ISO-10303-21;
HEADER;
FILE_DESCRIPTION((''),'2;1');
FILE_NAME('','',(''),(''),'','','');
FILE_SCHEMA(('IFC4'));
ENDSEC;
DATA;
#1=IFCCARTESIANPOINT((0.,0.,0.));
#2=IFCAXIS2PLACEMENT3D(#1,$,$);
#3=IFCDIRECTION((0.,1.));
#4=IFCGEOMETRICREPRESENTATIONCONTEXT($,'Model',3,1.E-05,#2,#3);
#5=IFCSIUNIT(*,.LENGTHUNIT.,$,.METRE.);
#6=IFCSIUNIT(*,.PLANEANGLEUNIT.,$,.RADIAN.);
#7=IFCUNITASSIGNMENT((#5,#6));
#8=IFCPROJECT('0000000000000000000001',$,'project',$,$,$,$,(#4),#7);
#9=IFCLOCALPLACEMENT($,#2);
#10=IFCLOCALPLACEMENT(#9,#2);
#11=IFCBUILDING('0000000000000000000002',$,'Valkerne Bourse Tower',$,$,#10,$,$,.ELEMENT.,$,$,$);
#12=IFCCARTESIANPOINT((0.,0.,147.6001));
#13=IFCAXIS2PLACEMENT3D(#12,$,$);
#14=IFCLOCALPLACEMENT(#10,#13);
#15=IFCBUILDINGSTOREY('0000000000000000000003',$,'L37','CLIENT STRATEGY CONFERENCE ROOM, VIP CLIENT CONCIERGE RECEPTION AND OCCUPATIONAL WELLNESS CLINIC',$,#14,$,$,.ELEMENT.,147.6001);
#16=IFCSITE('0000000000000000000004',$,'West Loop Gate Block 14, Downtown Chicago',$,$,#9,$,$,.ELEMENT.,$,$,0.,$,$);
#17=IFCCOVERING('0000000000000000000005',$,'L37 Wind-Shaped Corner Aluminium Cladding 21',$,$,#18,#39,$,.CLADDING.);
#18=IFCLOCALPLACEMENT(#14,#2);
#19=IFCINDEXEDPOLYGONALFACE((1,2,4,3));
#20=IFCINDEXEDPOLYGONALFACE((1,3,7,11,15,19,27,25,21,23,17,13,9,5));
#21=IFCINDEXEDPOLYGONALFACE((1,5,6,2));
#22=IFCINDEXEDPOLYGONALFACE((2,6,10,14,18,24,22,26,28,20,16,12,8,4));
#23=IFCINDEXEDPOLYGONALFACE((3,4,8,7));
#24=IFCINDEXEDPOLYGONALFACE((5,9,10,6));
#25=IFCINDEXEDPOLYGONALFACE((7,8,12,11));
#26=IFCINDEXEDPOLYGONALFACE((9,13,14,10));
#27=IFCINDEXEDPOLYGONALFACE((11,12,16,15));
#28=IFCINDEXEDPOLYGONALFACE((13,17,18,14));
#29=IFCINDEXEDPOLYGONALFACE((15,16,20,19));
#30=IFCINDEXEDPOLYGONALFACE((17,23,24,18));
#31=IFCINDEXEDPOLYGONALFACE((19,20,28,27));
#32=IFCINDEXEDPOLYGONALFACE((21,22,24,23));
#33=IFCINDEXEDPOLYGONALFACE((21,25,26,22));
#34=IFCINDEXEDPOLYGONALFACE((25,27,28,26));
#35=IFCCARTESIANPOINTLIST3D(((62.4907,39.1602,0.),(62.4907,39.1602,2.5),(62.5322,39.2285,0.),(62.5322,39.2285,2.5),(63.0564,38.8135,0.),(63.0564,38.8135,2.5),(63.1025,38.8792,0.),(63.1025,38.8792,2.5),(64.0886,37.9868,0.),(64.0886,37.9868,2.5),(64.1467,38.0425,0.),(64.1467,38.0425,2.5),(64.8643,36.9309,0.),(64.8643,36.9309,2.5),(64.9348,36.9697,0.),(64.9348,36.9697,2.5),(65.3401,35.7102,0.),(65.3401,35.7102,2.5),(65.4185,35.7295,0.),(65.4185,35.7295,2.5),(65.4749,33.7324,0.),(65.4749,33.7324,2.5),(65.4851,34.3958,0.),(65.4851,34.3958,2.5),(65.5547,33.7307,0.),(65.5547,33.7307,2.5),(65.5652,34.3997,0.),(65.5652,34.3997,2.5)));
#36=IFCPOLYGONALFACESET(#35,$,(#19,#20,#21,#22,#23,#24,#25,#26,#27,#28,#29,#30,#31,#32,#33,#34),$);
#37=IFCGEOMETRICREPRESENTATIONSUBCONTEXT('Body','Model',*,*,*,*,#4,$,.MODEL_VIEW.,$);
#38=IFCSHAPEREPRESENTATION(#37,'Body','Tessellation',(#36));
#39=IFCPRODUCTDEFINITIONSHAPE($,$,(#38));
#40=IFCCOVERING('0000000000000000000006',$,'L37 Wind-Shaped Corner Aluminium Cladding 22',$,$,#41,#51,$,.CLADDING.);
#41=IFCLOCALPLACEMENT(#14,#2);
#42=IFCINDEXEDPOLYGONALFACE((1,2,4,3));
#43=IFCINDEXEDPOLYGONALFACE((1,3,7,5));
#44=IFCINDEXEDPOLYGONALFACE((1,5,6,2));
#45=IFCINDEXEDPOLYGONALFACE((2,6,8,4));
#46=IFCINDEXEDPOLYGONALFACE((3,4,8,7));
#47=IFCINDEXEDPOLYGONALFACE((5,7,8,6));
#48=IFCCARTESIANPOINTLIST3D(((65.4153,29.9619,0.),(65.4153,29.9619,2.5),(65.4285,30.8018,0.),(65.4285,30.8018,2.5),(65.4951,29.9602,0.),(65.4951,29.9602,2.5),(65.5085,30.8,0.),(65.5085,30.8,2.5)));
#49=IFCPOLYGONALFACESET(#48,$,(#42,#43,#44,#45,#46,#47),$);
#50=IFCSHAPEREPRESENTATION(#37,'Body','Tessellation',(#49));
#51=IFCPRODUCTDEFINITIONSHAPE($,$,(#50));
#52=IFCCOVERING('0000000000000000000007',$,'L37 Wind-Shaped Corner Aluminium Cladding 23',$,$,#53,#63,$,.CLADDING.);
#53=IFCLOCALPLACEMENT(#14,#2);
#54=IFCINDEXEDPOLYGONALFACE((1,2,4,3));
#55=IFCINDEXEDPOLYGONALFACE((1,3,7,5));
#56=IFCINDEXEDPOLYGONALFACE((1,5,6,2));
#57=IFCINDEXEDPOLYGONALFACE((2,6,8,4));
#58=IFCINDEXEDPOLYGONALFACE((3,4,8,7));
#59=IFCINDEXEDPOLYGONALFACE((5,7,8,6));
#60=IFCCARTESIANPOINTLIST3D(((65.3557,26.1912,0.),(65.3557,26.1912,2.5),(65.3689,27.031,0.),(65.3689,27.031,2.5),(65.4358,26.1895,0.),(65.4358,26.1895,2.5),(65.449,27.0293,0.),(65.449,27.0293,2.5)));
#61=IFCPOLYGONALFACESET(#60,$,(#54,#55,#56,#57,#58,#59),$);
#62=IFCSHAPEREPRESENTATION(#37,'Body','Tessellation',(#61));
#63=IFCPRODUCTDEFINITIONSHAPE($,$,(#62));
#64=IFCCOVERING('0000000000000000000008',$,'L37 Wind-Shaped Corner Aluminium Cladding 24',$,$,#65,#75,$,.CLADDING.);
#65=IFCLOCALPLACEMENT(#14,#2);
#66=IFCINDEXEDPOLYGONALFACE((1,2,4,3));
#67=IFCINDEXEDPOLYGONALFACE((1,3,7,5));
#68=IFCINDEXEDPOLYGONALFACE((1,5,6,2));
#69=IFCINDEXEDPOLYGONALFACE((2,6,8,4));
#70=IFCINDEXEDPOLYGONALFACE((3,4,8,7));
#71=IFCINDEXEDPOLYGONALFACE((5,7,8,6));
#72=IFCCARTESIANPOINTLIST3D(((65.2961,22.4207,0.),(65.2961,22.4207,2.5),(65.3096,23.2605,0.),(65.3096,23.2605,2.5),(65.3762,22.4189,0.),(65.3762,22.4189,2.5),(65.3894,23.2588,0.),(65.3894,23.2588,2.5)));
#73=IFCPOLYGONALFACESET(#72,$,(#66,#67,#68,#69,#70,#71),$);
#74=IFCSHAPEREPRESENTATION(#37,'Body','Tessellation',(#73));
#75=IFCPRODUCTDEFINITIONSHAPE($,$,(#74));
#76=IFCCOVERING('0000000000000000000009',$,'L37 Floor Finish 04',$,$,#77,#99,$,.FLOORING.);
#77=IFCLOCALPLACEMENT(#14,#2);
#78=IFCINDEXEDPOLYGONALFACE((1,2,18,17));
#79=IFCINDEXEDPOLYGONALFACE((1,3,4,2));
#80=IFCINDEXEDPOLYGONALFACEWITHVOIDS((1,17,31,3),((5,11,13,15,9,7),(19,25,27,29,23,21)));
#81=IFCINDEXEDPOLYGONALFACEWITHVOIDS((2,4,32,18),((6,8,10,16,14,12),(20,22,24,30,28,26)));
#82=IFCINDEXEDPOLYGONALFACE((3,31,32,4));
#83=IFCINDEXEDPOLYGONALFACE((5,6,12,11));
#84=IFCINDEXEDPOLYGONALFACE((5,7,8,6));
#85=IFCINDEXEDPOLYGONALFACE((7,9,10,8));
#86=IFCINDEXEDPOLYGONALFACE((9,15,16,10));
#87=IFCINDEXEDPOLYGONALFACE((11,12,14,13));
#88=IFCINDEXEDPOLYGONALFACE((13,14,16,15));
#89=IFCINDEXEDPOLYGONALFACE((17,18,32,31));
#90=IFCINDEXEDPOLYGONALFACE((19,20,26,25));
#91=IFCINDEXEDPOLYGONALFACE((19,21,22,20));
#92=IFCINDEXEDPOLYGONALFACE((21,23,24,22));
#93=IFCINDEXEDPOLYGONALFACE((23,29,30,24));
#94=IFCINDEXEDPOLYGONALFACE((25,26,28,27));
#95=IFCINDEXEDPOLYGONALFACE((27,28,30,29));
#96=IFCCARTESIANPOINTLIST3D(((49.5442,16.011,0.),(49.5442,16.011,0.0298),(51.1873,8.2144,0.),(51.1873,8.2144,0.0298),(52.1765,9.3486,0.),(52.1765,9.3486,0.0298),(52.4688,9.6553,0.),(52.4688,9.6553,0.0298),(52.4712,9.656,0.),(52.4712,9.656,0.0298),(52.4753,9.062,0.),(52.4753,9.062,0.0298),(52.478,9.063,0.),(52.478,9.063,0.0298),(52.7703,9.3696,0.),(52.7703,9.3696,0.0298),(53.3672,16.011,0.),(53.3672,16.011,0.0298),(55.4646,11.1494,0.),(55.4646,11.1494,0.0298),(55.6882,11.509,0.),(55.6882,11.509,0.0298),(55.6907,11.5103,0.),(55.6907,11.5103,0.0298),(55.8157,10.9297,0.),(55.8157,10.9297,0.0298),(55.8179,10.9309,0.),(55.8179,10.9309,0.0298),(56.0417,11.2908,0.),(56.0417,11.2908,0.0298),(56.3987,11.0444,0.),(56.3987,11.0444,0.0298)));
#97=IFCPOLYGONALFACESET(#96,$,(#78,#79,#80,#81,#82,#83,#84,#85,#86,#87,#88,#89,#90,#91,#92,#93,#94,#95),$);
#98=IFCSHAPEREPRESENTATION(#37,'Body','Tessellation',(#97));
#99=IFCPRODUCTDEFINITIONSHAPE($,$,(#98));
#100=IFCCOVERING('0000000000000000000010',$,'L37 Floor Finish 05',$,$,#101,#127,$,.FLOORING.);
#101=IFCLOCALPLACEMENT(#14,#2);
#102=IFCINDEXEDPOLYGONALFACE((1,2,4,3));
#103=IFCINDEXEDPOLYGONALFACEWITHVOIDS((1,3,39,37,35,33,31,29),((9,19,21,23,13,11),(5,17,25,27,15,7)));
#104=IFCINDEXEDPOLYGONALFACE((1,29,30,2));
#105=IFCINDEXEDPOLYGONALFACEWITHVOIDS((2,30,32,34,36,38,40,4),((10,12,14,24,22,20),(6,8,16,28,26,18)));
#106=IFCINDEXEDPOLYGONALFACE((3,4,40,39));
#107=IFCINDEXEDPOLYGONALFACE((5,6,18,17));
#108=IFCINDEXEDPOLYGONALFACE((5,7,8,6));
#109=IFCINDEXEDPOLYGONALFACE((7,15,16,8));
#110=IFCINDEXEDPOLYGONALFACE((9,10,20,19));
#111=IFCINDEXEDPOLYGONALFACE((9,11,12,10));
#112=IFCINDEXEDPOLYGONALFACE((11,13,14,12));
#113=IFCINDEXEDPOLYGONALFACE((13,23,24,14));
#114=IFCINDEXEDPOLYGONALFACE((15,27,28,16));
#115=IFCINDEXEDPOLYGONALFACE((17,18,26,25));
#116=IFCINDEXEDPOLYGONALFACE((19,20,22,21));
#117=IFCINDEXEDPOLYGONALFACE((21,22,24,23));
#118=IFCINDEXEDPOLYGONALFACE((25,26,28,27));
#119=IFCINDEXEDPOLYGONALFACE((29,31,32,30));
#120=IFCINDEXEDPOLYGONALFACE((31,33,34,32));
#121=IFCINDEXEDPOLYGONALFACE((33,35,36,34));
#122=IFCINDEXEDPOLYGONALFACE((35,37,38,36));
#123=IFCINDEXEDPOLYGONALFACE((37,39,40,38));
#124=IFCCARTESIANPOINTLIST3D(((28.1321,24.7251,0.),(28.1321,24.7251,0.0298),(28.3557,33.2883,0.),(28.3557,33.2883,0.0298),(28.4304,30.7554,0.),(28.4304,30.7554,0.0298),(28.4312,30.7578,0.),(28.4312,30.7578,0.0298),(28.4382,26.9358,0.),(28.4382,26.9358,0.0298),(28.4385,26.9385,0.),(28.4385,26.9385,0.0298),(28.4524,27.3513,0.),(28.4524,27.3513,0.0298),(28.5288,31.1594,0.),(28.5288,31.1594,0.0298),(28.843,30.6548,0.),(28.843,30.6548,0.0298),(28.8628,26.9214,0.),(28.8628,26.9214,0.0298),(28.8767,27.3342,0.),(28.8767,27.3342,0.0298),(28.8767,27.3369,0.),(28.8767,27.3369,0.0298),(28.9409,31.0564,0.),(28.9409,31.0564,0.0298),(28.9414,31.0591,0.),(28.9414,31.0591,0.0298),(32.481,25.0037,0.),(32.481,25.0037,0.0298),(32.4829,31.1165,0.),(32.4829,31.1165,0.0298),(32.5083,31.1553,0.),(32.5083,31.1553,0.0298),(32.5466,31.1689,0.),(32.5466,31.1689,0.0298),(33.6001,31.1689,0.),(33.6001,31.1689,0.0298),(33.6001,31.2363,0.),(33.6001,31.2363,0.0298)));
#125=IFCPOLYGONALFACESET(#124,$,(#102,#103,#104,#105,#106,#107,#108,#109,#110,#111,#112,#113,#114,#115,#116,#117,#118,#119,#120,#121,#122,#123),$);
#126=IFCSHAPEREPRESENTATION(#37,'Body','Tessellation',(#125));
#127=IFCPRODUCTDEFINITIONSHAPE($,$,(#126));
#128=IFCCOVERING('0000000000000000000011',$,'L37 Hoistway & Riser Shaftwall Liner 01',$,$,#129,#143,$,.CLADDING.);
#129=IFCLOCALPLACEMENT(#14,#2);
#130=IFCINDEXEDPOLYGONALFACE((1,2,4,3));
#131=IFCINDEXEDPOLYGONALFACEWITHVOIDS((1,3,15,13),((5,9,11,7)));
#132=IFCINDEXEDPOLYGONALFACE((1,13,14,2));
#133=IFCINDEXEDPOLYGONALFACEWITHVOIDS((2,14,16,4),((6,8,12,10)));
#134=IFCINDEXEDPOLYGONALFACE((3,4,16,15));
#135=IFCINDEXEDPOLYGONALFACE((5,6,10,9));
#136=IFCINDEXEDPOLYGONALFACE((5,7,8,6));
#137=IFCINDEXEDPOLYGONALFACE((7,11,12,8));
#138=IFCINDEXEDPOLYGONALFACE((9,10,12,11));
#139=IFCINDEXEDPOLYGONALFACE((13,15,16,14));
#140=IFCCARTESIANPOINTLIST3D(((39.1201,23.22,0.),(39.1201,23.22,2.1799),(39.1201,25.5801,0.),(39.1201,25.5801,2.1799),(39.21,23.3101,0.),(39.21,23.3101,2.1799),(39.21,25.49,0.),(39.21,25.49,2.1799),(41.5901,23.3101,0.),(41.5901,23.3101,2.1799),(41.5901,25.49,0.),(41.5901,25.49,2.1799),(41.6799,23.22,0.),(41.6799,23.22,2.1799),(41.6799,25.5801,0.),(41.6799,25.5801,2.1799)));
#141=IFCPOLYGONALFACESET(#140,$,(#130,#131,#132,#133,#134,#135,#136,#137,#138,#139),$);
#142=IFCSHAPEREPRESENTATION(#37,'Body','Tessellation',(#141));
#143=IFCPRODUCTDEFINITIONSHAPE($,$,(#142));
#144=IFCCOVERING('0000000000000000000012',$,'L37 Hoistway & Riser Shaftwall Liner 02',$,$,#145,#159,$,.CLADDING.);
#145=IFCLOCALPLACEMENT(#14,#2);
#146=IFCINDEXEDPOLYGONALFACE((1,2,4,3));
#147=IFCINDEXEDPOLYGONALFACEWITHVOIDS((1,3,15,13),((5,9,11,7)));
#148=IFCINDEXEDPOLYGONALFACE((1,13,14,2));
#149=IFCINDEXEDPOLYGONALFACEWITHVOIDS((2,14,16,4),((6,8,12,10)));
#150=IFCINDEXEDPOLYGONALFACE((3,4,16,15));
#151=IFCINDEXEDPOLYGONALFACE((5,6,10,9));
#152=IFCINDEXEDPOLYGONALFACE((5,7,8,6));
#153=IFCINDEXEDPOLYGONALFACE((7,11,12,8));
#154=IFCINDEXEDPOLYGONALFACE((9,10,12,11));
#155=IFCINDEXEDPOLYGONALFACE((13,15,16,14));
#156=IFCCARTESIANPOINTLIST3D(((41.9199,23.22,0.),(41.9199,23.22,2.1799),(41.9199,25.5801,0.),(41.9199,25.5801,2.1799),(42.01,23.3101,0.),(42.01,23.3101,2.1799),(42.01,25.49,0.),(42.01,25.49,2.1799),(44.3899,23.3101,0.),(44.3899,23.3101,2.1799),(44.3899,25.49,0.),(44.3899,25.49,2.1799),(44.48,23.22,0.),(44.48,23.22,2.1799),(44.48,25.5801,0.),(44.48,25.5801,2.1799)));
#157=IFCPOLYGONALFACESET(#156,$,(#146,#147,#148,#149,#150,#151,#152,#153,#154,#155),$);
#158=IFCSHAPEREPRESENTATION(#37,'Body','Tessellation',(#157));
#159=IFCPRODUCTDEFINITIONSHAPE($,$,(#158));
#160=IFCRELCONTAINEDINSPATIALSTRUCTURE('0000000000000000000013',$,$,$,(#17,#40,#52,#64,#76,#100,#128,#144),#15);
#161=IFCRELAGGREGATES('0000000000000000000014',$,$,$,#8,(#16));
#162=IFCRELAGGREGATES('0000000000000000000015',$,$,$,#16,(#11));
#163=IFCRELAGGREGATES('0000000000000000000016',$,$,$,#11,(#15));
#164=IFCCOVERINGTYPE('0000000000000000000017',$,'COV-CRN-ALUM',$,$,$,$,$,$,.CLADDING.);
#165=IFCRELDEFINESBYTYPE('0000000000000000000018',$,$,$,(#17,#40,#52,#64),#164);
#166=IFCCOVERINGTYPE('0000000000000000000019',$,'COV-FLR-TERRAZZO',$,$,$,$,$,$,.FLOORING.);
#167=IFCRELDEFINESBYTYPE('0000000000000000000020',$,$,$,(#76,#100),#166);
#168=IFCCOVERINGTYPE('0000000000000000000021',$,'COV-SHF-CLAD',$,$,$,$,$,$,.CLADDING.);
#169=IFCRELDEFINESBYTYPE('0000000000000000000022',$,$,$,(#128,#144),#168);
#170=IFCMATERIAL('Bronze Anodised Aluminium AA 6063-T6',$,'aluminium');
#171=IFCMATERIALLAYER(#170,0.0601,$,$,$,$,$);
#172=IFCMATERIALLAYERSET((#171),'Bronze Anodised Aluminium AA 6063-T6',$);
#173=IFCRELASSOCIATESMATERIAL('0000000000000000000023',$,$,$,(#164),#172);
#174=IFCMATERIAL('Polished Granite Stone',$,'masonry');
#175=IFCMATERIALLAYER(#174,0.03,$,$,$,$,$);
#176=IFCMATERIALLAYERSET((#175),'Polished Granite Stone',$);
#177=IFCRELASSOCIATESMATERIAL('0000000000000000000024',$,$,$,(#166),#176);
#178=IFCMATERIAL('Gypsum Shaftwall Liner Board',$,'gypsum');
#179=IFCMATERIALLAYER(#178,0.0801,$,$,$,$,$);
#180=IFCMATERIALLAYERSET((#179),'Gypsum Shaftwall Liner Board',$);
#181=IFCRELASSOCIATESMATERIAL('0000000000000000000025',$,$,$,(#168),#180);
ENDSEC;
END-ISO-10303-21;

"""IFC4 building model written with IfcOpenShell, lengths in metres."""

from ifc_helpers import new_model, si_unit, direction, frame, origin, place, context, subcontext, project, spatial, polyline, outline, extrude, material, layer, layer_set, type_object, element, save


model = new_model("IFC4")

# Units and contexts
model_context = context("Model", 3, precision=1e-05, world=origin(), true_north=direction((0.0, 1.0)))
body_context = subcontext(model_context, "Body", "Model", "MODEL_VIEW")
ifc_project = project(units=[si_unit("LENGTHUNIT", "METRE"), si_unit("PLANEANGLEUNIT", "RADIAN")], contexts=[model_context])

# Site, building, storey
site_placement = place(None, origin())
site = spatial("IfcSite", under=ifc_project, at=site_placement, Name="West Loop Gate Block 14, Downtown Chicago", CompositionType="ELEMENT", RefElevation=0.0)
building_placement = place(site_placement, origin())
building = spatial("IfcBuilding", under=site, at=building_placement, Name="Valkerne Bourse Tower", CompositionType="ELEMENT")
storey_placement = place(building_placement, frame((0.0, 0.0, 147.6001)))
storey = spatial("IfcBuildingStorey", under=building, at=storey_placement, Name="L37", Description="CLIENT STRATEGY CONFERENCE ROOM, VIP CLIENT CONCIERGE RECEPTION AND OCCUPATIONAL WELLNESS CLINIC", CompositionType="ELEMENT", Elevation=147.6001)

# Coverings
ifc_material_1 = material(Name="Bronze Anodised Aluminium AA 6063-T6", Category="aluminium")
ifc_layer_1 = layer(ifc_material_1, 0.0601)
ifc_layer_set_1 = layer_set([ifc_layer_1], Name="Bronze Anodised Aluminium AA 6063-T6")
covering_type_1 = type_object("IfcCoveringType", Name="COV-CRN-ALUM", PredefinedType="CLADDING", material=ifc_layer_set_1)
covering_1_placement = place(storey_placement, origin())
element("IfcCovering", 1, at=covering_1_placement, inside=storey, type_object=covering_type_1, Name="L37 Wind-Shaped Corner Aluminium Cladding 21", PredefinedType="CLADDING", context=body_context, shape_type="SweptSolid", body=[
    extrude(outline(polyline([(63.1025, 38.8792), (64.1467, 38.0425), (64.9348, 36.9697), (65.4185, 35.7295), (65.5652, 34.3997), (65.5547, 33.7307), (65.4749, 33.7324), (65.4851, 34.3958), (65.3401, 35.7102), (64.8643, 36.9309), (64.0886, 37.9868), (63.0564, 38.8135), (62.4907, 39.1602), (62.5322, 39.2285), (63.1025, 38.8792)])), origin(), (0.0, 0.0, 1.0), 2.5),
])
covering_2_placement = place(storey_placement, origin())
element("IfcCovering", 2, at=covering_2_placement, inside=storey, type_object=covering_type_1, Name="L37 Wind-Shaped Corner Aluminium Cladding 22", PredefinedType="CLADDING", context=body_context, shape_type="SweptSolid", body=[
    extrude(outline(polyline([(65.4951, 29.9602), (65.4153, 29.9619), (65.4285, 30.8018), (65.5085, 30.8), (65.4951, 29.9602)])), origin(), (0.0, 0.0, 1.0), 2.5),
])
covering_3_placement = place(storey_placement, origin())
element("IfcCovering", 3, at=covering_3_placement, inside=storey, type_object=covering_type_1, Name="L37 Wind-Shaped Corner Aluminium Cladding 23", PredefinedType="CLADDING", context=body_context, shape_type="SweptSolid", body=[
    extrude(outline(polyline([(65.4358, 26.1895), (65.3557, 26.1912), (65.3689, 27.031), (65.449, 27.0293), (65.4358, 26.1895)])), origin(), (0.0, 0.0, 1.0), 2.5),
])
covering_4_placement = place(storey_placement, origin())
element("IfcCovering", 4, at=covering_4_placement, inside=storey, type_object=covering_type_1, Name="L37 Wind-Shaped Corner Aluminium Cladding 24", PredefinedType="CLADDING", context=body_context, shape_type="SweptSolid", body=[
    extrude(outline(polyline([(65.3762, 22.4189), (65.2961, 22.4207), (65.3096, 23.2605), (65.3894, 23.2588), (65.3762, 22.4189)])), origin(), (0.0, 0.0, 1.0), 2.5),
])
ifc_material_2 = material(Name="Polished Granite Stone", Category="masonry")
ifc_layer_2 = layer(ifc_material_2, 0.03)
ifc_layer_set_2 = layer_set([ifc_layer_2], Name="Polished Granite Stone")
covering_type_2 = type_object("IfcCoveringType", Name="COV-FLR-TERRAZZO", PredefinedType="FLOORING", material=ifc_layer_set_2)
covering_5_placement = place(storey_placement, origin())
element("IfcCovering", 5, at=covering_5_placement, inside=storey, type_object=covering_type_2, Name="L37 Floor Finish 04", PredefinedType="FLOORING", context=body_context, shape_type="SweptSolid", body=[
    extrude(outline(polyline([(53.3672, 16.011), (56.3987, 11.0444), (51.1873, 8.2144), (49.5442, 16.011), (53.3672, 16.011)]), holes=[polyline([(52.7703, 9.3696), (52.4712, 9.656), (52.4688, 9.6553), (52.1765, 9.3486), (52.4753, 9.062), (52.478, 9.063), (52.7703, 9.3696)]), polyline([(55.8179, 10.9309), (56.0417, 11.2908), (55.6907, 11.5103), (55.6882, 11.509), (55.4646, 11.1494), (55.8157, 10.9297), (55.8179, 10.9309)])]), origin(), (0.0, 0.0, 1.0), 0.0298),
])
covering_6_placement = place(storey_placement, origin())
element("IfcCovering", 6, at=covering_6_placement, inside=storey, type_object=covering_type_2, Name="L37 Floor Finish 05", PredefinedType="FLOORING", context=body_context, shape_type="SweptSolid", body=[
    extrude(outline(polyline([(32.5466, 31.1689), (32.5083, 31.1553), (32.4829, 31.1165), (32.481, 25.0037), (28.1321, 24.7251), (28.3557, 33.2883), (33.6001, 31.2363), (33.6001, 31.1689), (32.5466, 31.1689)]), holes=[polyline([(28.8767, 27.3369), (28.4524, 27.3513), (28.4385, 26.9385), (28.4382, 26.9358), (28.8628, 26.9214), (28.8767, 27.3342), (28.8767, 27.3369)]), polyline([(28.9409, 31.0564), (28.9414, 31.0591), (28.5288, 31.1594), (28.4312, 30.7578), (28.4304, 30.7554), (28.843, 30.6548), (28.9409, 31.0564)])]), origin(), (0.0, 0.0, 1.0), 0.0298),
])
ifc_material_3 = material(Name="Gypsum Shaftwall Liner Board", Category="gypsum")
ifc_layer_3 = layer(ifc_material_3, 0.0801)
ifc_layer_set_3 = layer_set([ifc_layer_3], Name="Gypsum Shaftwall Liner Board")
covering_type_3 = type_object("IfcCoveringType", Name="COV-SHF-CLAD", PredefinedType="CLADDING", material=ifc_layer_set_3)
covering_7_placement = place(storey_placement, origin())
element("IfcCovering", 7, at=covering_7_placement, inside=storey, type_object=covering_type_3, Name="L37 Hoistway & Riser Shaftwall Liner 01", PredefinedType="CLADDING", context=body_context, shape_type="SweptSolid", body=[
    extrude(outline(polyline([(41.6799, 25.5801), (41.6799, 23.22), (39.1201, 23.22), (39.1201, 25.5801), (41.6799, 25.5801)]), holes=[polyline([(41.5901, 25.49), (39.21, 25.49), (39.21, 23.3101), (41.5901, 23.3101), (41.5901, 25.49)])]), origin(), (0.0, 0.0, 1.0), 2.1799),
])
covering_8_placement = place(storey_placement, origin())
element("IfcCovering", 8, at=covering_8_placement, inside=storey, type_object=covering_type_3, Name="L37 Hoistway & Riser Shaftwall Liner 02", PredefinedType="CLADDING", context=body_context, shape_type="SweptSolid", body=[
    extrude(outline(polyline([(44.48, 23.22), (41.9199, 23.22), (41.9199, 25.5801), (44.48, 25.5801), (44.48, 23.22)]), holes=[polyline([(42.01, 25.49), (42.01, 23.3101), (44.3899, 23.3101), (44.3899, 25.49), (42.01, 25.49)])]), origin(), (0.0, 0.0, 1.0), 2.1799),
])

save(model, "model.ifc")
